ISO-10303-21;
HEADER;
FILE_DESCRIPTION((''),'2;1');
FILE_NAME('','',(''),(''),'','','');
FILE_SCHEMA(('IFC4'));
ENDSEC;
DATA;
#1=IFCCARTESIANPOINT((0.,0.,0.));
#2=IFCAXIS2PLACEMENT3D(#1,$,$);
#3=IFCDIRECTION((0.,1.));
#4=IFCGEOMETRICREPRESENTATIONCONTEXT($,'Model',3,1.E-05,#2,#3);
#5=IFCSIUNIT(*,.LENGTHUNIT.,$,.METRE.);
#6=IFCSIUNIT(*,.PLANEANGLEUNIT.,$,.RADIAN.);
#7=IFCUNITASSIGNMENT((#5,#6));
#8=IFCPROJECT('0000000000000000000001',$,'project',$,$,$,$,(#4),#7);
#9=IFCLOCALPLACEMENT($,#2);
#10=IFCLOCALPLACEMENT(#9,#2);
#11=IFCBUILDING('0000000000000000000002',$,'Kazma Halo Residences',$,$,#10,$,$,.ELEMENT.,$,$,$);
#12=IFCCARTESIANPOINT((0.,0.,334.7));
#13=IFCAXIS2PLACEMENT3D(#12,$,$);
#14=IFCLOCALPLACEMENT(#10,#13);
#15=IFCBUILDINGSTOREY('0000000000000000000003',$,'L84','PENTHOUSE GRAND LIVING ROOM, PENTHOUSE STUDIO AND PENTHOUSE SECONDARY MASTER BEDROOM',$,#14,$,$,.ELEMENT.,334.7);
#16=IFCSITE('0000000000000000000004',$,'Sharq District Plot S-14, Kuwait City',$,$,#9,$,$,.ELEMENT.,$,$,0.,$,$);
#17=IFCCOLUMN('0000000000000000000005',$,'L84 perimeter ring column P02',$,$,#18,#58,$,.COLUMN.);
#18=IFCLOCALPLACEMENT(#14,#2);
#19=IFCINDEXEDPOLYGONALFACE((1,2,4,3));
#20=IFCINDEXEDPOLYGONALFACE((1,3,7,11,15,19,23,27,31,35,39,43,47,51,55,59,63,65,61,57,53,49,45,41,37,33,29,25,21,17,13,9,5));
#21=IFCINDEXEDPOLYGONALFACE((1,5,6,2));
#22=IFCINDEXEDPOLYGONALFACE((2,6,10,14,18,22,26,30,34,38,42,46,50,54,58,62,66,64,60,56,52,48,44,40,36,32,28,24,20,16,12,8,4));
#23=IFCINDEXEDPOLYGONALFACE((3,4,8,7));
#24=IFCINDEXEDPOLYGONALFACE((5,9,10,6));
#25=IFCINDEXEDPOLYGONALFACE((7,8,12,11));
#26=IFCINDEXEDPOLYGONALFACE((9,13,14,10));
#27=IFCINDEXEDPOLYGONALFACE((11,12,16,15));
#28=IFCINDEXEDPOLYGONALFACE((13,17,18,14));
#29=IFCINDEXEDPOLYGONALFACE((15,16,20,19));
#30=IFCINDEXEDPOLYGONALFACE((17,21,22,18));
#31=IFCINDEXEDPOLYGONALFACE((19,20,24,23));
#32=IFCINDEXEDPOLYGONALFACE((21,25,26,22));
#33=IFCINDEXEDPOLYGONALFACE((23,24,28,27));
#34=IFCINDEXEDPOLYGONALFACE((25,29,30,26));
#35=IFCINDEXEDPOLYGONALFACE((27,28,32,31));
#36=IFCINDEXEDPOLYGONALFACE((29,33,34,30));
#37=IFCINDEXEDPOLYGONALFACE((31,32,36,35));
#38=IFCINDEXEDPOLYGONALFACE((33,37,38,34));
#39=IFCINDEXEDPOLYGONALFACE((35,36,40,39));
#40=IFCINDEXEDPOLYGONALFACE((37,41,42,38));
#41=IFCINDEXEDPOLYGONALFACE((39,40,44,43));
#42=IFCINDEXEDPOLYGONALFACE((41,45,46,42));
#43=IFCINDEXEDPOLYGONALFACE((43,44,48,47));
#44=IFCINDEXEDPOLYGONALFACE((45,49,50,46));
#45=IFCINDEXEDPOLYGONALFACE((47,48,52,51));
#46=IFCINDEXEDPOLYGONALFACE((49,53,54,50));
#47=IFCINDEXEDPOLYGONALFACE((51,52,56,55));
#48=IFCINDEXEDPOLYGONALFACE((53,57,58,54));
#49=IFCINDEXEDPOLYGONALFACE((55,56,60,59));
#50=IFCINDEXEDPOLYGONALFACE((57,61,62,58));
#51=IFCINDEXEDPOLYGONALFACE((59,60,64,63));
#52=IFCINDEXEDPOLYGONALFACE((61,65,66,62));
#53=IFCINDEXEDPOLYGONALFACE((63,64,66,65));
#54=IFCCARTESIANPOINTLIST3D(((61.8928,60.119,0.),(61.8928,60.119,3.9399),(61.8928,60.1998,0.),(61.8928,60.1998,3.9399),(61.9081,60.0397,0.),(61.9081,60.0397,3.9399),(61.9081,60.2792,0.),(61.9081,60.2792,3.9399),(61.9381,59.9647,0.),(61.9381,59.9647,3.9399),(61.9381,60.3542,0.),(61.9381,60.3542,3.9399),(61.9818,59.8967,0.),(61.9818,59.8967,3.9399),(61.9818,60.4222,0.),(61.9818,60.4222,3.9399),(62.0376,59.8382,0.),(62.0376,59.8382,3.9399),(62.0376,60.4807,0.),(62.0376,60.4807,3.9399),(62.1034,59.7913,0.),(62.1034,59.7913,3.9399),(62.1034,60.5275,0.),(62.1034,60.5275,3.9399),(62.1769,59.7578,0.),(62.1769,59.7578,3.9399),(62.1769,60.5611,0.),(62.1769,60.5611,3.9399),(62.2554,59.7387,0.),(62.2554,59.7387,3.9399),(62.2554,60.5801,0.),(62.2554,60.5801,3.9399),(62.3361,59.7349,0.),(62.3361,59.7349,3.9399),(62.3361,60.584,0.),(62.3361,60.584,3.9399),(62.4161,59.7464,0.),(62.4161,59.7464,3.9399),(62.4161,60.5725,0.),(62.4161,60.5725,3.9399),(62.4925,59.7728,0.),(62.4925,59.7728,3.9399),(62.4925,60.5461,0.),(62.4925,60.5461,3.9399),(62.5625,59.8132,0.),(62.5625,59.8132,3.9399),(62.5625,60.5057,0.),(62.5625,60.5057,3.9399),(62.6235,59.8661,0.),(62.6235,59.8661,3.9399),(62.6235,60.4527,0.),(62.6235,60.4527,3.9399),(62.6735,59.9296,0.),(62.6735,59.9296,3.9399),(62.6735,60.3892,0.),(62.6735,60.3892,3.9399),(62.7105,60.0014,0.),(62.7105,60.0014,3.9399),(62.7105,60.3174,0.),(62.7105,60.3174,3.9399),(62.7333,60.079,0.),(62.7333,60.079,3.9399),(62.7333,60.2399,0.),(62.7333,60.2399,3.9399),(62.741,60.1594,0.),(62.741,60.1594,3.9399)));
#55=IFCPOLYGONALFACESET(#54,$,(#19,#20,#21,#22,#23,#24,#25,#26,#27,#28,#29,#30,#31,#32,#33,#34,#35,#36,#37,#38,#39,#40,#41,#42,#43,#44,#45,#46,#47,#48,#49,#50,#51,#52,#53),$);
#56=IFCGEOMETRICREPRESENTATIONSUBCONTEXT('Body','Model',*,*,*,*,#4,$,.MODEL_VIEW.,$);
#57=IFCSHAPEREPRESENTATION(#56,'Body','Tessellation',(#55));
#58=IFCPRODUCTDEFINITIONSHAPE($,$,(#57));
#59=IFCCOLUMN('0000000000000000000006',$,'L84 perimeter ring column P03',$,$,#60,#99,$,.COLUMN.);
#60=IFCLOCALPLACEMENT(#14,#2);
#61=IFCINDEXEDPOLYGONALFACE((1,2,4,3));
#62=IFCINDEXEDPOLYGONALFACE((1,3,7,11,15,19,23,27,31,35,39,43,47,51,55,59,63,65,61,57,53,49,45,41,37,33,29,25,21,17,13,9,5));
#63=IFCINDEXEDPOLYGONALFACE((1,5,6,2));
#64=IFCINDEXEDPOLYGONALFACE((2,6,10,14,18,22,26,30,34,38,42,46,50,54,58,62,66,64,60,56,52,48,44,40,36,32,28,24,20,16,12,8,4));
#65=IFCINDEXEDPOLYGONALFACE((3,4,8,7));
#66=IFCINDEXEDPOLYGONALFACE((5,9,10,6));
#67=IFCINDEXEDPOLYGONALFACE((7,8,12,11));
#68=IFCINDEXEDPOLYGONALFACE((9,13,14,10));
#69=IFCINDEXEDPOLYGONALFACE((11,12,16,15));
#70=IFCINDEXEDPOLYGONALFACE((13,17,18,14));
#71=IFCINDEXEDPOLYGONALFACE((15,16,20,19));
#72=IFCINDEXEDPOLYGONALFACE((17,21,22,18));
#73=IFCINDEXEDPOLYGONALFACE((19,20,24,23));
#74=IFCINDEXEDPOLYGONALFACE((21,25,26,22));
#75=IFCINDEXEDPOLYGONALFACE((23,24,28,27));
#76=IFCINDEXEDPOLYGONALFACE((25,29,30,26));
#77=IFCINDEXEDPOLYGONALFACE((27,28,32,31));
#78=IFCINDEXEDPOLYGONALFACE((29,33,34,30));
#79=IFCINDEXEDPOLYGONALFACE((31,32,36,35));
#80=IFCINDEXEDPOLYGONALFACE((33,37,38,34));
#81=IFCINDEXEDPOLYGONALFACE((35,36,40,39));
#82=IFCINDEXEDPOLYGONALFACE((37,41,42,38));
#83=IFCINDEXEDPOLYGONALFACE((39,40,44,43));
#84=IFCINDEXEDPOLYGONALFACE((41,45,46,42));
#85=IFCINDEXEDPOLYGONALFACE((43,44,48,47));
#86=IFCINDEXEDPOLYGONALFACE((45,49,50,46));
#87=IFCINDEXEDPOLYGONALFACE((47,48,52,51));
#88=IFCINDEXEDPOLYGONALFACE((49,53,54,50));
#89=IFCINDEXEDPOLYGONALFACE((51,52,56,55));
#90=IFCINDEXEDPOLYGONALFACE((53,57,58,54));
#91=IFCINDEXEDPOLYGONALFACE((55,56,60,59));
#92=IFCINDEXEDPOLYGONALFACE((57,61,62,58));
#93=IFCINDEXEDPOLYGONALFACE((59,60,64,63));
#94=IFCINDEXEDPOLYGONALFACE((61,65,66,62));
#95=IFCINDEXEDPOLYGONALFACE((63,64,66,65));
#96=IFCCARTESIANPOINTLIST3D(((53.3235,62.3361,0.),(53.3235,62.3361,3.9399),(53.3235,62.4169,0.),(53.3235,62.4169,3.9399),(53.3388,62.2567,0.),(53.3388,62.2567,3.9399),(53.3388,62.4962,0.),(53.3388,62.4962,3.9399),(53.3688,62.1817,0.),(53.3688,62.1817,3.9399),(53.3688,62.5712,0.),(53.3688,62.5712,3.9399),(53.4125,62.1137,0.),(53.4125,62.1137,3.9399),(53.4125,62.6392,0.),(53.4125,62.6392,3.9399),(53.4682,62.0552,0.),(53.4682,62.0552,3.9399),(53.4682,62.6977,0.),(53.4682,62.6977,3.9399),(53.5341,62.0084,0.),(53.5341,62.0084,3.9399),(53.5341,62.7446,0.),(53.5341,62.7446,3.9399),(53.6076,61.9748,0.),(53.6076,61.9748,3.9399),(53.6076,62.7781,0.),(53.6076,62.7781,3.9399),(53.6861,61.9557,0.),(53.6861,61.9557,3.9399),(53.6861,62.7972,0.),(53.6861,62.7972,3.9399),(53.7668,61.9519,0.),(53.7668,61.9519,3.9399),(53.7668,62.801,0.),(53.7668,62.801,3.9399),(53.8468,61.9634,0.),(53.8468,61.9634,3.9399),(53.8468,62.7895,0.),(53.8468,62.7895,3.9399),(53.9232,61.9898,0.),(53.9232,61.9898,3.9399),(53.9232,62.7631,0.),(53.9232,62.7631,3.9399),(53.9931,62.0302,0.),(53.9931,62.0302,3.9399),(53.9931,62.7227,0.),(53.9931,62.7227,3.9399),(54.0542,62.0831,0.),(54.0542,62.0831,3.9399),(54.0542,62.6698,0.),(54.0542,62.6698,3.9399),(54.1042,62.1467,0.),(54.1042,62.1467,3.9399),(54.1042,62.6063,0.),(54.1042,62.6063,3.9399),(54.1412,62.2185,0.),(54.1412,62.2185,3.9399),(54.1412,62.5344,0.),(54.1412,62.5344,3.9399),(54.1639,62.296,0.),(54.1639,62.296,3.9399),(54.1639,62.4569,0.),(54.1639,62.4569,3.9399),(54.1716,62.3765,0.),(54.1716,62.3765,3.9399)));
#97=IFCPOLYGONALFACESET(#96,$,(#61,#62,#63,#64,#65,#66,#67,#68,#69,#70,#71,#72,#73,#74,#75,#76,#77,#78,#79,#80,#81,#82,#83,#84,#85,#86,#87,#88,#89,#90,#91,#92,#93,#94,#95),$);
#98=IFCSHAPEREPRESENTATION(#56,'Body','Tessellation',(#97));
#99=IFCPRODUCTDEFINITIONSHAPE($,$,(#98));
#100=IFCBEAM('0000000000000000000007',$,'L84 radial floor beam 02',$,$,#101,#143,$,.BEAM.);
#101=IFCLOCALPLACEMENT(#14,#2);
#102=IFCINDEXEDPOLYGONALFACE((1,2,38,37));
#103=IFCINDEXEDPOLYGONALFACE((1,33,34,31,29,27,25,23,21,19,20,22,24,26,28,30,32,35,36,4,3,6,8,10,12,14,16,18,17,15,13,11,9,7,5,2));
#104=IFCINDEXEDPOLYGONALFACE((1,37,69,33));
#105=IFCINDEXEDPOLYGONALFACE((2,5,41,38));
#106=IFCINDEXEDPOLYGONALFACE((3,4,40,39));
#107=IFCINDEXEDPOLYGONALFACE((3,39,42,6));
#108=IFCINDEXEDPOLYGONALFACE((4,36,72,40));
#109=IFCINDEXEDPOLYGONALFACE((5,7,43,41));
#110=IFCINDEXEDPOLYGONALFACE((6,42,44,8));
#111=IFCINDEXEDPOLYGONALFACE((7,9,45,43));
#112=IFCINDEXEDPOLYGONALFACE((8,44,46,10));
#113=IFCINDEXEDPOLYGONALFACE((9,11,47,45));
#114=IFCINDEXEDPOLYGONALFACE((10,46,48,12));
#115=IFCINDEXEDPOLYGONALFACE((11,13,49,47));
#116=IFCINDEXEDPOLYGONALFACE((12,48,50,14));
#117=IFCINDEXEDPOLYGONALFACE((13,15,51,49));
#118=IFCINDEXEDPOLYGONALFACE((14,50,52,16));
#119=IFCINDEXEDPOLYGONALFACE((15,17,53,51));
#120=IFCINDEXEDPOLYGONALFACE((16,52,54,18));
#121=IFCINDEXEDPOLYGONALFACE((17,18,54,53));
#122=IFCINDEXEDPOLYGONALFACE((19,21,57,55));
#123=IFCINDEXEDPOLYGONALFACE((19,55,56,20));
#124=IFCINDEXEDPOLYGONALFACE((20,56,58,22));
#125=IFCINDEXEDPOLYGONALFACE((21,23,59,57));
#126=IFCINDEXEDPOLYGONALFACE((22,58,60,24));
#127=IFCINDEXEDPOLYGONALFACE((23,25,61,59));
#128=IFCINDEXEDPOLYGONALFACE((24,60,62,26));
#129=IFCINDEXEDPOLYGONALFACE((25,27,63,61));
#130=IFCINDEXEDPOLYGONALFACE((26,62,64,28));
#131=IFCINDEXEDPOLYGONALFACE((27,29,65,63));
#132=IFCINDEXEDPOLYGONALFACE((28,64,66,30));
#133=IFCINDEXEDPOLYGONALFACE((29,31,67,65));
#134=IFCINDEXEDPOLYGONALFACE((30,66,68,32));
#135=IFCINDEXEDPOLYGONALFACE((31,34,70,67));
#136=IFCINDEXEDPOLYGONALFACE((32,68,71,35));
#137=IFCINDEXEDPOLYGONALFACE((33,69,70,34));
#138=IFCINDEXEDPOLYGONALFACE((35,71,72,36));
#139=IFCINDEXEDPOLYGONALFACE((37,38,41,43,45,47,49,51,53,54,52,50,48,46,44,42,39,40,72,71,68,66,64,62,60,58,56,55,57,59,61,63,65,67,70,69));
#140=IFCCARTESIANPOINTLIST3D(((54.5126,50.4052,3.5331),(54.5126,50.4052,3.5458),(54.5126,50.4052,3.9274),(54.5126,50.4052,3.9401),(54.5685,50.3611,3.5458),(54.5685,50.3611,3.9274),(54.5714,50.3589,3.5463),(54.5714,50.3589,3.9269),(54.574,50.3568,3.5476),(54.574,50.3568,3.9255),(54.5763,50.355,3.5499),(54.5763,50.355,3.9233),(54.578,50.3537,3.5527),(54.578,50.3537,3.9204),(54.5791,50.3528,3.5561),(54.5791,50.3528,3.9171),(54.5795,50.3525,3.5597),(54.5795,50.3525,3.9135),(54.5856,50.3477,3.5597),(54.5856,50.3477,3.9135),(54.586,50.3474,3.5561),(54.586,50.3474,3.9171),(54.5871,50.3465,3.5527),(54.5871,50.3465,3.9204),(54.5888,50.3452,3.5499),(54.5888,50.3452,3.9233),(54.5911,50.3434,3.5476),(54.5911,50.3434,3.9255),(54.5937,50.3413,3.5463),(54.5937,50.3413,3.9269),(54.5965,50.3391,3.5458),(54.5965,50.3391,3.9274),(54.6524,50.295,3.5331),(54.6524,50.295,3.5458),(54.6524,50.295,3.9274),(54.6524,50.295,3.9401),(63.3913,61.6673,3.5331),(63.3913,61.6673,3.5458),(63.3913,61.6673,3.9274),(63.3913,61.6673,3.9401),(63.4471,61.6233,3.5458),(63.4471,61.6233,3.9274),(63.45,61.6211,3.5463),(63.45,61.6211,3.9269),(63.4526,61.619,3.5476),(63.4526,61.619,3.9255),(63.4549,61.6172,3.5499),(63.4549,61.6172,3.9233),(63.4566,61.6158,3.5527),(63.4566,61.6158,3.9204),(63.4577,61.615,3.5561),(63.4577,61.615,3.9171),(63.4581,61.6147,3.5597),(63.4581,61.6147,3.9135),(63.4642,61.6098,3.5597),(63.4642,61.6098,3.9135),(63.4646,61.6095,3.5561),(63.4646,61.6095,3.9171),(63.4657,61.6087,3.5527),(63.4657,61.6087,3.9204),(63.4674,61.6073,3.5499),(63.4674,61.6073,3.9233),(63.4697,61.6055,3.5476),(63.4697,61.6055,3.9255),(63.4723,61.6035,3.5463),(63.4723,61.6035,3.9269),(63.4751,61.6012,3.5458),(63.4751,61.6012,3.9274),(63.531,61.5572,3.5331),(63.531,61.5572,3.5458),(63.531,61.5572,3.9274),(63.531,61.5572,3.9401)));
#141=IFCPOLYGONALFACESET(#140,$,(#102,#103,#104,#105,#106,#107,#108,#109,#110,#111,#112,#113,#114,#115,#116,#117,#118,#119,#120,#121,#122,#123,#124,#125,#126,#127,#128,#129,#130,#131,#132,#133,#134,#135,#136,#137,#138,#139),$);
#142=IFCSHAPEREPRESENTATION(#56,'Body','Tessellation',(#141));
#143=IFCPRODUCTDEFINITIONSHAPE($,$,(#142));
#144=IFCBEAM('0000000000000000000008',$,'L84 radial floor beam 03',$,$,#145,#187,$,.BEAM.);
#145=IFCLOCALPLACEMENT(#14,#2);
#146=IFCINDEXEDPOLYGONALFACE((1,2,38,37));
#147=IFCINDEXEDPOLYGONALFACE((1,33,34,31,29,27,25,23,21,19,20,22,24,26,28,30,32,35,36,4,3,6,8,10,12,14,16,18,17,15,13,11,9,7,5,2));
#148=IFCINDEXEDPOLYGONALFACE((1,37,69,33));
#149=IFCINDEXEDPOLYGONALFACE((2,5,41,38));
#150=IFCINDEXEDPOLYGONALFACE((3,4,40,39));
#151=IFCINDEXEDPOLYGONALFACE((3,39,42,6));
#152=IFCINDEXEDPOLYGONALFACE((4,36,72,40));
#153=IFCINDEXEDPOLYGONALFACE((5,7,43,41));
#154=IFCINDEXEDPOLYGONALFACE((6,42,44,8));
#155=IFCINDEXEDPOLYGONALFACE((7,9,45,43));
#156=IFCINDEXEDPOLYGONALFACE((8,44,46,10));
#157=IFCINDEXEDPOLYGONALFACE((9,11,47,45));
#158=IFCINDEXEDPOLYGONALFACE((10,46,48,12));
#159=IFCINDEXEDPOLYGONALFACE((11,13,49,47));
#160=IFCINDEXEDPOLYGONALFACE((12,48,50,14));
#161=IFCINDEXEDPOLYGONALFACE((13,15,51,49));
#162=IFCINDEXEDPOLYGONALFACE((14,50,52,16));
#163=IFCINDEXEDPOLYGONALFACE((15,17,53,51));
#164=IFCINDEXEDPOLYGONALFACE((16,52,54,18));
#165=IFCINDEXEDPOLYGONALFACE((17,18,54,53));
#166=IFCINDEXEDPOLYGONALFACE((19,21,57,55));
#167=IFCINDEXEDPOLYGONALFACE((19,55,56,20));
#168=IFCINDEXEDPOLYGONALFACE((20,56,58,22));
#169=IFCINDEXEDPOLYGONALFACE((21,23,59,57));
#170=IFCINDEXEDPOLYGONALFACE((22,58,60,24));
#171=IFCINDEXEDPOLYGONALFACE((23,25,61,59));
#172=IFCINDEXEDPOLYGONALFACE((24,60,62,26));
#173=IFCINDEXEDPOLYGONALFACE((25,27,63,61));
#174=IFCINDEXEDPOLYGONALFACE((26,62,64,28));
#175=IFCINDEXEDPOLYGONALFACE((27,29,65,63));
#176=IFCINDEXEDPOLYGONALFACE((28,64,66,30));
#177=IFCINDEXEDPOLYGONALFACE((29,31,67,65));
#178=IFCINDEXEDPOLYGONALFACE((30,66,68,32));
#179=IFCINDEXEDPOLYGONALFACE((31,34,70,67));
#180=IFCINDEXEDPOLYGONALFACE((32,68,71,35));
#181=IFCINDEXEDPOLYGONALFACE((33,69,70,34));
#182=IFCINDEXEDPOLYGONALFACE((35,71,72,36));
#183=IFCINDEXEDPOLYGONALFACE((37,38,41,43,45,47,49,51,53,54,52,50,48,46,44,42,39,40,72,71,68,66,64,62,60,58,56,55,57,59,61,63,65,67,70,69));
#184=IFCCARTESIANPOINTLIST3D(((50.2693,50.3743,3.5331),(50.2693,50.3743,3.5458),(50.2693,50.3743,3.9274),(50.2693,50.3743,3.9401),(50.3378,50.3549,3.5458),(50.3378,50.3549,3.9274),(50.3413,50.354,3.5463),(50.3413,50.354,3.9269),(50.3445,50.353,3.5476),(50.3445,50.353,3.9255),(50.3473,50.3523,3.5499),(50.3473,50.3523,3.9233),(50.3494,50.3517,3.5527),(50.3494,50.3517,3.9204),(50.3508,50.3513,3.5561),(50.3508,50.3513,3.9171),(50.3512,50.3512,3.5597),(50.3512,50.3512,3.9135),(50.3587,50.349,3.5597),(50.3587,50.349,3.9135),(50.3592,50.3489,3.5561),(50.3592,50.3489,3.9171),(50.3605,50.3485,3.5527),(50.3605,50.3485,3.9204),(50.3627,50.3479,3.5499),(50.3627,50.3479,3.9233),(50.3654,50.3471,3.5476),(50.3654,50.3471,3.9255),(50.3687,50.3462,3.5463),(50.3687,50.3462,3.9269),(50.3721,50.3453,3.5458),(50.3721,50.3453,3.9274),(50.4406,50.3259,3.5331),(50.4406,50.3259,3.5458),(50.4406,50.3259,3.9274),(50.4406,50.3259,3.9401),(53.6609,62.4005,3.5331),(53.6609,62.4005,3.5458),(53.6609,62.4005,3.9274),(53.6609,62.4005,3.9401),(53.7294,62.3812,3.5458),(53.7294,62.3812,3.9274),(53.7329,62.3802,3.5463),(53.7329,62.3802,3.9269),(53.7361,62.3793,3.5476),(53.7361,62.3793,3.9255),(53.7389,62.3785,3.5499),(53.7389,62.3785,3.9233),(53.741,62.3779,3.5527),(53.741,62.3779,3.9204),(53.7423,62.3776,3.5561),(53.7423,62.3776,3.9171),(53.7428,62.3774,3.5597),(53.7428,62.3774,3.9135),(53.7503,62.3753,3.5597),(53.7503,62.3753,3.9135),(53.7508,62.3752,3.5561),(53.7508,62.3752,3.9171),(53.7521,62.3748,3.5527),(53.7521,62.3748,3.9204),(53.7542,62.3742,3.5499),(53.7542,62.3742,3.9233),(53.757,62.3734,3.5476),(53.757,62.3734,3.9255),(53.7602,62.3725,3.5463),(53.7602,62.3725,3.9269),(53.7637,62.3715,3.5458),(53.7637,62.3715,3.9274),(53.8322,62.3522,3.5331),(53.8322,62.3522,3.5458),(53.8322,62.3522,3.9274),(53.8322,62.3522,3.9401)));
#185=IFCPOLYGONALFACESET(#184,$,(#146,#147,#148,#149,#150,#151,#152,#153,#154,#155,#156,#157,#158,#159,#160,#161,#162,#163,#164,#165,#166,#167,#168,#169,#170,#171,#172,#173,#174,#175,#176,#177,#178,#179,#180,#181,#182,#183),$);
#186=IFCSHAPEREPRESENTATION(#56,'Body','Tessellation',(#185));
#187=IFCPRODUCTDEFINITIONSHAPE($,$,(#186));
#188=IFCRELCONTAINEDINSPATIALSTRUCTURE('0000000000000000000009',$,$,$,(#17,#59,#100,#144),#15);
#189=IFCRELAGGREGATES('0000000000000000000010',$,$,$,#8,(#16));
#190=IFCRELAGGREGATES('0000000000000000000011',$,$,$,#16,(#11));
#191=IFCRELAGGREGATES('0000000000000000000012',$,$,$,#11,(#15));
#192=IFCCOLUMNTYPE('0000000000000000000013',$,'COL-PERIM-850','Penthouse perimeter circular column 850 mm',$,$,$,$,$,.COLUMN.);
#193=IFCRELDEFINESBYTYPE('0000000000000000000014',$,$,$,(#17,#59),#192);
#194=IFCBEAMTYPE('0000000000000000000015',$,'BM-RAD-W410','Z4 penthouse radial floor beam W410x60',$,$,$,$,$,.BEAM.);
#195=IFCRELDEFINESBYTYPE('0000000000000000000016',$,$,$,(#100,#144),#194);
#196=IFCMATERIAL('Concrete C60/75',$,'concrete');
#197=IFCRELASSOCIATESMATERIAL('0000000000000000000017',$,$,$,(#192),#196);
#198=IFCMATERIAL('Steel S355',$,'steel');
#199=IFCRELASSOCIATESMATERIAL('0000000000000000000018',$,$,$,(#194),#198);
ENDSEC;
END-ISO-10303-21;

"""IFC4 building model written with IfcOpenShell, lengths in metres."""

from ifc_helpers import new_model, si_unit, direction, frame, origin, origin_2d, place, context, subcontext, project, spatial, circle, i_section, extrude, material, material_profile, profile_set, type_object, element, save


model = new_model("IFC4")

# Units and contexts
model_context = context("Model", 3, precision=1e-05, world=origin(), true_north=direction((0.0, 1.0)))
body_context = subcontext(model_context, "Body", "Model", "MODEL_VIEW")
ifc_project = project(units=[si_unit("LENGTHUNIT", "METRE"), si_unit("PLANEANGLEUNIT", "RADIAN")], contexts=[model_context])

# Site, building, storey
site_placement = place(None, origin())
site = spatial("IfcSite", under=ifc_project, at=site_placement, Name="Sharq District Plot S-14, Kuwait City", CompositionType="ELEMENT", RefElevation=0.0)
building_placement = place(site_placement, origin())
building = spatial("IfcBuilding", under=site, at=building_placement, Name="Kazma Halo Residences", CompositionType="ELEMENT")
storey_placement = place(building_placement, frame((0.0, 0.0, 334.7)))
storey = spatial("IfcBuildingStorey", under=building, at=storey_placement, Name="L84", Description="PENTHOUSE GRAND LIVING ROOM, PENTHOUSE STUDIO AND PENTHOUSE SECONDARY MASTER BEDROOM", CompositionType="ELEMENT", Elevation=334.7)

# Columns
ifc_material_1 = material(Name="Concrete C60/75", Category="concrete")
ifc_material_profile_1 = material_profile(ifc_material_1, circle(Radius=0.425, at=origin_2d()), Name="CIRC850")
ifc_profile_set_1 = profile_set([ifc_material_profile_1], Name="Concrete C60/75")
column_type = type_object("IfcColumnType", Name="COL-PERIM-850", Description="Penthouse perimeter circular column 850 mm", PredefinedType="COLUMN", material=ifc_profile_set_1)
for number, where, z_axis, x_axis, name in (
    (1, (62.3159, 60.1594, 0.0), (0.0, 0.0, 1.0), (1.0, 0.0, 0.0), "L84 perimeter ring column P02"),
    (2, (53.7466, 62.3765, 0.0), (0.0, 0.0, 1.0), (1.0, 0.0, 0.0), "L84 perimeter ring column P03"),
):
    element("IfcColumn", number, at=place(storey_placement, frame(where, z_axis=z_axis, x_axis=x_axis)), inside=storey, type_object=column_type, Name=name, PredefinedType="COLUMN", context=body_context, shape_type="SweptSolid", body=[
        extrude(circle(Radius=0.425, at=origin_2d()), origin(), (0.0, 0.0, 1.0), 3.9399),
    ])

# Beams
ifc_material_2 = material(Name="Steel S355", Category="steel")
ifc_material_profile_2 = material_profile(ifc_material_2, i_section(OverallWidth=0.178, OverallDepth=0.407, WebThickness=0.0078, FlangeThickness=0.0127, FilletRadius=0.0139, at=origin_2d()), Name="W410x60")
ifc_profile_set_2 = profile_set([ifc_material_profile_2], Name="Steel S355")
beam_type_1 = type_object("IfcBeamType", Name="BM-RAD-W410", Description="Z4 penthouse radial floor beam W410x60", PredefinedType="BEAM", material=ifc_profile_set_2)
beam_1_placement = place(storey_placement, frame((54.5825, 50.3501, 3.7366), z_axis=(0.619105, 0.785308, 0.0), x_axis=(-0.785308, 0.619105, 0.0)))
element("IfcBeam", 3, at=beam_1_placement, inside=storey, type_object=beam_type_1, Name="L84 radial floor beam 02", PredefinedType="BEAM", context=body_context, shape_type="SweptSolid", body=[
    extrude(i_section(OverallWidth=0.178, OverallDepth=0.407, WebThickness=0.0078, FlangeThickness=0.0127, FilletRadius=0.0139, at=origin_2d()), origin(), (0.0, 0.0, 1.0), 14.3411),
])
beam_2_placement = place(storey_placement, frame((50.355, 50.3501, 3.7366), z_axis=(0.271427, 0.962459, 0.0), x_axis=(-0.962459, 0.271427, 0.0)))
element("IfcBeam", 4, at=beam_2_placement, inside=storey, type_object=beam_type_1, Name="L84 radial floor beam 03", PredefinedType="BEAM", context=body_context, shape_type="SweptSolid", body=[
    extrude(i_section(OverallWidth=0.178, OverallDepth=0.407, WebThickness=0.0078, FlangeThickness=0.0127, FilletRadius=0.0139, at=origin_2d()), origin(), (0.0, 0.0, 1.0), 12.4954),
])

save(model, "model.ifc")
